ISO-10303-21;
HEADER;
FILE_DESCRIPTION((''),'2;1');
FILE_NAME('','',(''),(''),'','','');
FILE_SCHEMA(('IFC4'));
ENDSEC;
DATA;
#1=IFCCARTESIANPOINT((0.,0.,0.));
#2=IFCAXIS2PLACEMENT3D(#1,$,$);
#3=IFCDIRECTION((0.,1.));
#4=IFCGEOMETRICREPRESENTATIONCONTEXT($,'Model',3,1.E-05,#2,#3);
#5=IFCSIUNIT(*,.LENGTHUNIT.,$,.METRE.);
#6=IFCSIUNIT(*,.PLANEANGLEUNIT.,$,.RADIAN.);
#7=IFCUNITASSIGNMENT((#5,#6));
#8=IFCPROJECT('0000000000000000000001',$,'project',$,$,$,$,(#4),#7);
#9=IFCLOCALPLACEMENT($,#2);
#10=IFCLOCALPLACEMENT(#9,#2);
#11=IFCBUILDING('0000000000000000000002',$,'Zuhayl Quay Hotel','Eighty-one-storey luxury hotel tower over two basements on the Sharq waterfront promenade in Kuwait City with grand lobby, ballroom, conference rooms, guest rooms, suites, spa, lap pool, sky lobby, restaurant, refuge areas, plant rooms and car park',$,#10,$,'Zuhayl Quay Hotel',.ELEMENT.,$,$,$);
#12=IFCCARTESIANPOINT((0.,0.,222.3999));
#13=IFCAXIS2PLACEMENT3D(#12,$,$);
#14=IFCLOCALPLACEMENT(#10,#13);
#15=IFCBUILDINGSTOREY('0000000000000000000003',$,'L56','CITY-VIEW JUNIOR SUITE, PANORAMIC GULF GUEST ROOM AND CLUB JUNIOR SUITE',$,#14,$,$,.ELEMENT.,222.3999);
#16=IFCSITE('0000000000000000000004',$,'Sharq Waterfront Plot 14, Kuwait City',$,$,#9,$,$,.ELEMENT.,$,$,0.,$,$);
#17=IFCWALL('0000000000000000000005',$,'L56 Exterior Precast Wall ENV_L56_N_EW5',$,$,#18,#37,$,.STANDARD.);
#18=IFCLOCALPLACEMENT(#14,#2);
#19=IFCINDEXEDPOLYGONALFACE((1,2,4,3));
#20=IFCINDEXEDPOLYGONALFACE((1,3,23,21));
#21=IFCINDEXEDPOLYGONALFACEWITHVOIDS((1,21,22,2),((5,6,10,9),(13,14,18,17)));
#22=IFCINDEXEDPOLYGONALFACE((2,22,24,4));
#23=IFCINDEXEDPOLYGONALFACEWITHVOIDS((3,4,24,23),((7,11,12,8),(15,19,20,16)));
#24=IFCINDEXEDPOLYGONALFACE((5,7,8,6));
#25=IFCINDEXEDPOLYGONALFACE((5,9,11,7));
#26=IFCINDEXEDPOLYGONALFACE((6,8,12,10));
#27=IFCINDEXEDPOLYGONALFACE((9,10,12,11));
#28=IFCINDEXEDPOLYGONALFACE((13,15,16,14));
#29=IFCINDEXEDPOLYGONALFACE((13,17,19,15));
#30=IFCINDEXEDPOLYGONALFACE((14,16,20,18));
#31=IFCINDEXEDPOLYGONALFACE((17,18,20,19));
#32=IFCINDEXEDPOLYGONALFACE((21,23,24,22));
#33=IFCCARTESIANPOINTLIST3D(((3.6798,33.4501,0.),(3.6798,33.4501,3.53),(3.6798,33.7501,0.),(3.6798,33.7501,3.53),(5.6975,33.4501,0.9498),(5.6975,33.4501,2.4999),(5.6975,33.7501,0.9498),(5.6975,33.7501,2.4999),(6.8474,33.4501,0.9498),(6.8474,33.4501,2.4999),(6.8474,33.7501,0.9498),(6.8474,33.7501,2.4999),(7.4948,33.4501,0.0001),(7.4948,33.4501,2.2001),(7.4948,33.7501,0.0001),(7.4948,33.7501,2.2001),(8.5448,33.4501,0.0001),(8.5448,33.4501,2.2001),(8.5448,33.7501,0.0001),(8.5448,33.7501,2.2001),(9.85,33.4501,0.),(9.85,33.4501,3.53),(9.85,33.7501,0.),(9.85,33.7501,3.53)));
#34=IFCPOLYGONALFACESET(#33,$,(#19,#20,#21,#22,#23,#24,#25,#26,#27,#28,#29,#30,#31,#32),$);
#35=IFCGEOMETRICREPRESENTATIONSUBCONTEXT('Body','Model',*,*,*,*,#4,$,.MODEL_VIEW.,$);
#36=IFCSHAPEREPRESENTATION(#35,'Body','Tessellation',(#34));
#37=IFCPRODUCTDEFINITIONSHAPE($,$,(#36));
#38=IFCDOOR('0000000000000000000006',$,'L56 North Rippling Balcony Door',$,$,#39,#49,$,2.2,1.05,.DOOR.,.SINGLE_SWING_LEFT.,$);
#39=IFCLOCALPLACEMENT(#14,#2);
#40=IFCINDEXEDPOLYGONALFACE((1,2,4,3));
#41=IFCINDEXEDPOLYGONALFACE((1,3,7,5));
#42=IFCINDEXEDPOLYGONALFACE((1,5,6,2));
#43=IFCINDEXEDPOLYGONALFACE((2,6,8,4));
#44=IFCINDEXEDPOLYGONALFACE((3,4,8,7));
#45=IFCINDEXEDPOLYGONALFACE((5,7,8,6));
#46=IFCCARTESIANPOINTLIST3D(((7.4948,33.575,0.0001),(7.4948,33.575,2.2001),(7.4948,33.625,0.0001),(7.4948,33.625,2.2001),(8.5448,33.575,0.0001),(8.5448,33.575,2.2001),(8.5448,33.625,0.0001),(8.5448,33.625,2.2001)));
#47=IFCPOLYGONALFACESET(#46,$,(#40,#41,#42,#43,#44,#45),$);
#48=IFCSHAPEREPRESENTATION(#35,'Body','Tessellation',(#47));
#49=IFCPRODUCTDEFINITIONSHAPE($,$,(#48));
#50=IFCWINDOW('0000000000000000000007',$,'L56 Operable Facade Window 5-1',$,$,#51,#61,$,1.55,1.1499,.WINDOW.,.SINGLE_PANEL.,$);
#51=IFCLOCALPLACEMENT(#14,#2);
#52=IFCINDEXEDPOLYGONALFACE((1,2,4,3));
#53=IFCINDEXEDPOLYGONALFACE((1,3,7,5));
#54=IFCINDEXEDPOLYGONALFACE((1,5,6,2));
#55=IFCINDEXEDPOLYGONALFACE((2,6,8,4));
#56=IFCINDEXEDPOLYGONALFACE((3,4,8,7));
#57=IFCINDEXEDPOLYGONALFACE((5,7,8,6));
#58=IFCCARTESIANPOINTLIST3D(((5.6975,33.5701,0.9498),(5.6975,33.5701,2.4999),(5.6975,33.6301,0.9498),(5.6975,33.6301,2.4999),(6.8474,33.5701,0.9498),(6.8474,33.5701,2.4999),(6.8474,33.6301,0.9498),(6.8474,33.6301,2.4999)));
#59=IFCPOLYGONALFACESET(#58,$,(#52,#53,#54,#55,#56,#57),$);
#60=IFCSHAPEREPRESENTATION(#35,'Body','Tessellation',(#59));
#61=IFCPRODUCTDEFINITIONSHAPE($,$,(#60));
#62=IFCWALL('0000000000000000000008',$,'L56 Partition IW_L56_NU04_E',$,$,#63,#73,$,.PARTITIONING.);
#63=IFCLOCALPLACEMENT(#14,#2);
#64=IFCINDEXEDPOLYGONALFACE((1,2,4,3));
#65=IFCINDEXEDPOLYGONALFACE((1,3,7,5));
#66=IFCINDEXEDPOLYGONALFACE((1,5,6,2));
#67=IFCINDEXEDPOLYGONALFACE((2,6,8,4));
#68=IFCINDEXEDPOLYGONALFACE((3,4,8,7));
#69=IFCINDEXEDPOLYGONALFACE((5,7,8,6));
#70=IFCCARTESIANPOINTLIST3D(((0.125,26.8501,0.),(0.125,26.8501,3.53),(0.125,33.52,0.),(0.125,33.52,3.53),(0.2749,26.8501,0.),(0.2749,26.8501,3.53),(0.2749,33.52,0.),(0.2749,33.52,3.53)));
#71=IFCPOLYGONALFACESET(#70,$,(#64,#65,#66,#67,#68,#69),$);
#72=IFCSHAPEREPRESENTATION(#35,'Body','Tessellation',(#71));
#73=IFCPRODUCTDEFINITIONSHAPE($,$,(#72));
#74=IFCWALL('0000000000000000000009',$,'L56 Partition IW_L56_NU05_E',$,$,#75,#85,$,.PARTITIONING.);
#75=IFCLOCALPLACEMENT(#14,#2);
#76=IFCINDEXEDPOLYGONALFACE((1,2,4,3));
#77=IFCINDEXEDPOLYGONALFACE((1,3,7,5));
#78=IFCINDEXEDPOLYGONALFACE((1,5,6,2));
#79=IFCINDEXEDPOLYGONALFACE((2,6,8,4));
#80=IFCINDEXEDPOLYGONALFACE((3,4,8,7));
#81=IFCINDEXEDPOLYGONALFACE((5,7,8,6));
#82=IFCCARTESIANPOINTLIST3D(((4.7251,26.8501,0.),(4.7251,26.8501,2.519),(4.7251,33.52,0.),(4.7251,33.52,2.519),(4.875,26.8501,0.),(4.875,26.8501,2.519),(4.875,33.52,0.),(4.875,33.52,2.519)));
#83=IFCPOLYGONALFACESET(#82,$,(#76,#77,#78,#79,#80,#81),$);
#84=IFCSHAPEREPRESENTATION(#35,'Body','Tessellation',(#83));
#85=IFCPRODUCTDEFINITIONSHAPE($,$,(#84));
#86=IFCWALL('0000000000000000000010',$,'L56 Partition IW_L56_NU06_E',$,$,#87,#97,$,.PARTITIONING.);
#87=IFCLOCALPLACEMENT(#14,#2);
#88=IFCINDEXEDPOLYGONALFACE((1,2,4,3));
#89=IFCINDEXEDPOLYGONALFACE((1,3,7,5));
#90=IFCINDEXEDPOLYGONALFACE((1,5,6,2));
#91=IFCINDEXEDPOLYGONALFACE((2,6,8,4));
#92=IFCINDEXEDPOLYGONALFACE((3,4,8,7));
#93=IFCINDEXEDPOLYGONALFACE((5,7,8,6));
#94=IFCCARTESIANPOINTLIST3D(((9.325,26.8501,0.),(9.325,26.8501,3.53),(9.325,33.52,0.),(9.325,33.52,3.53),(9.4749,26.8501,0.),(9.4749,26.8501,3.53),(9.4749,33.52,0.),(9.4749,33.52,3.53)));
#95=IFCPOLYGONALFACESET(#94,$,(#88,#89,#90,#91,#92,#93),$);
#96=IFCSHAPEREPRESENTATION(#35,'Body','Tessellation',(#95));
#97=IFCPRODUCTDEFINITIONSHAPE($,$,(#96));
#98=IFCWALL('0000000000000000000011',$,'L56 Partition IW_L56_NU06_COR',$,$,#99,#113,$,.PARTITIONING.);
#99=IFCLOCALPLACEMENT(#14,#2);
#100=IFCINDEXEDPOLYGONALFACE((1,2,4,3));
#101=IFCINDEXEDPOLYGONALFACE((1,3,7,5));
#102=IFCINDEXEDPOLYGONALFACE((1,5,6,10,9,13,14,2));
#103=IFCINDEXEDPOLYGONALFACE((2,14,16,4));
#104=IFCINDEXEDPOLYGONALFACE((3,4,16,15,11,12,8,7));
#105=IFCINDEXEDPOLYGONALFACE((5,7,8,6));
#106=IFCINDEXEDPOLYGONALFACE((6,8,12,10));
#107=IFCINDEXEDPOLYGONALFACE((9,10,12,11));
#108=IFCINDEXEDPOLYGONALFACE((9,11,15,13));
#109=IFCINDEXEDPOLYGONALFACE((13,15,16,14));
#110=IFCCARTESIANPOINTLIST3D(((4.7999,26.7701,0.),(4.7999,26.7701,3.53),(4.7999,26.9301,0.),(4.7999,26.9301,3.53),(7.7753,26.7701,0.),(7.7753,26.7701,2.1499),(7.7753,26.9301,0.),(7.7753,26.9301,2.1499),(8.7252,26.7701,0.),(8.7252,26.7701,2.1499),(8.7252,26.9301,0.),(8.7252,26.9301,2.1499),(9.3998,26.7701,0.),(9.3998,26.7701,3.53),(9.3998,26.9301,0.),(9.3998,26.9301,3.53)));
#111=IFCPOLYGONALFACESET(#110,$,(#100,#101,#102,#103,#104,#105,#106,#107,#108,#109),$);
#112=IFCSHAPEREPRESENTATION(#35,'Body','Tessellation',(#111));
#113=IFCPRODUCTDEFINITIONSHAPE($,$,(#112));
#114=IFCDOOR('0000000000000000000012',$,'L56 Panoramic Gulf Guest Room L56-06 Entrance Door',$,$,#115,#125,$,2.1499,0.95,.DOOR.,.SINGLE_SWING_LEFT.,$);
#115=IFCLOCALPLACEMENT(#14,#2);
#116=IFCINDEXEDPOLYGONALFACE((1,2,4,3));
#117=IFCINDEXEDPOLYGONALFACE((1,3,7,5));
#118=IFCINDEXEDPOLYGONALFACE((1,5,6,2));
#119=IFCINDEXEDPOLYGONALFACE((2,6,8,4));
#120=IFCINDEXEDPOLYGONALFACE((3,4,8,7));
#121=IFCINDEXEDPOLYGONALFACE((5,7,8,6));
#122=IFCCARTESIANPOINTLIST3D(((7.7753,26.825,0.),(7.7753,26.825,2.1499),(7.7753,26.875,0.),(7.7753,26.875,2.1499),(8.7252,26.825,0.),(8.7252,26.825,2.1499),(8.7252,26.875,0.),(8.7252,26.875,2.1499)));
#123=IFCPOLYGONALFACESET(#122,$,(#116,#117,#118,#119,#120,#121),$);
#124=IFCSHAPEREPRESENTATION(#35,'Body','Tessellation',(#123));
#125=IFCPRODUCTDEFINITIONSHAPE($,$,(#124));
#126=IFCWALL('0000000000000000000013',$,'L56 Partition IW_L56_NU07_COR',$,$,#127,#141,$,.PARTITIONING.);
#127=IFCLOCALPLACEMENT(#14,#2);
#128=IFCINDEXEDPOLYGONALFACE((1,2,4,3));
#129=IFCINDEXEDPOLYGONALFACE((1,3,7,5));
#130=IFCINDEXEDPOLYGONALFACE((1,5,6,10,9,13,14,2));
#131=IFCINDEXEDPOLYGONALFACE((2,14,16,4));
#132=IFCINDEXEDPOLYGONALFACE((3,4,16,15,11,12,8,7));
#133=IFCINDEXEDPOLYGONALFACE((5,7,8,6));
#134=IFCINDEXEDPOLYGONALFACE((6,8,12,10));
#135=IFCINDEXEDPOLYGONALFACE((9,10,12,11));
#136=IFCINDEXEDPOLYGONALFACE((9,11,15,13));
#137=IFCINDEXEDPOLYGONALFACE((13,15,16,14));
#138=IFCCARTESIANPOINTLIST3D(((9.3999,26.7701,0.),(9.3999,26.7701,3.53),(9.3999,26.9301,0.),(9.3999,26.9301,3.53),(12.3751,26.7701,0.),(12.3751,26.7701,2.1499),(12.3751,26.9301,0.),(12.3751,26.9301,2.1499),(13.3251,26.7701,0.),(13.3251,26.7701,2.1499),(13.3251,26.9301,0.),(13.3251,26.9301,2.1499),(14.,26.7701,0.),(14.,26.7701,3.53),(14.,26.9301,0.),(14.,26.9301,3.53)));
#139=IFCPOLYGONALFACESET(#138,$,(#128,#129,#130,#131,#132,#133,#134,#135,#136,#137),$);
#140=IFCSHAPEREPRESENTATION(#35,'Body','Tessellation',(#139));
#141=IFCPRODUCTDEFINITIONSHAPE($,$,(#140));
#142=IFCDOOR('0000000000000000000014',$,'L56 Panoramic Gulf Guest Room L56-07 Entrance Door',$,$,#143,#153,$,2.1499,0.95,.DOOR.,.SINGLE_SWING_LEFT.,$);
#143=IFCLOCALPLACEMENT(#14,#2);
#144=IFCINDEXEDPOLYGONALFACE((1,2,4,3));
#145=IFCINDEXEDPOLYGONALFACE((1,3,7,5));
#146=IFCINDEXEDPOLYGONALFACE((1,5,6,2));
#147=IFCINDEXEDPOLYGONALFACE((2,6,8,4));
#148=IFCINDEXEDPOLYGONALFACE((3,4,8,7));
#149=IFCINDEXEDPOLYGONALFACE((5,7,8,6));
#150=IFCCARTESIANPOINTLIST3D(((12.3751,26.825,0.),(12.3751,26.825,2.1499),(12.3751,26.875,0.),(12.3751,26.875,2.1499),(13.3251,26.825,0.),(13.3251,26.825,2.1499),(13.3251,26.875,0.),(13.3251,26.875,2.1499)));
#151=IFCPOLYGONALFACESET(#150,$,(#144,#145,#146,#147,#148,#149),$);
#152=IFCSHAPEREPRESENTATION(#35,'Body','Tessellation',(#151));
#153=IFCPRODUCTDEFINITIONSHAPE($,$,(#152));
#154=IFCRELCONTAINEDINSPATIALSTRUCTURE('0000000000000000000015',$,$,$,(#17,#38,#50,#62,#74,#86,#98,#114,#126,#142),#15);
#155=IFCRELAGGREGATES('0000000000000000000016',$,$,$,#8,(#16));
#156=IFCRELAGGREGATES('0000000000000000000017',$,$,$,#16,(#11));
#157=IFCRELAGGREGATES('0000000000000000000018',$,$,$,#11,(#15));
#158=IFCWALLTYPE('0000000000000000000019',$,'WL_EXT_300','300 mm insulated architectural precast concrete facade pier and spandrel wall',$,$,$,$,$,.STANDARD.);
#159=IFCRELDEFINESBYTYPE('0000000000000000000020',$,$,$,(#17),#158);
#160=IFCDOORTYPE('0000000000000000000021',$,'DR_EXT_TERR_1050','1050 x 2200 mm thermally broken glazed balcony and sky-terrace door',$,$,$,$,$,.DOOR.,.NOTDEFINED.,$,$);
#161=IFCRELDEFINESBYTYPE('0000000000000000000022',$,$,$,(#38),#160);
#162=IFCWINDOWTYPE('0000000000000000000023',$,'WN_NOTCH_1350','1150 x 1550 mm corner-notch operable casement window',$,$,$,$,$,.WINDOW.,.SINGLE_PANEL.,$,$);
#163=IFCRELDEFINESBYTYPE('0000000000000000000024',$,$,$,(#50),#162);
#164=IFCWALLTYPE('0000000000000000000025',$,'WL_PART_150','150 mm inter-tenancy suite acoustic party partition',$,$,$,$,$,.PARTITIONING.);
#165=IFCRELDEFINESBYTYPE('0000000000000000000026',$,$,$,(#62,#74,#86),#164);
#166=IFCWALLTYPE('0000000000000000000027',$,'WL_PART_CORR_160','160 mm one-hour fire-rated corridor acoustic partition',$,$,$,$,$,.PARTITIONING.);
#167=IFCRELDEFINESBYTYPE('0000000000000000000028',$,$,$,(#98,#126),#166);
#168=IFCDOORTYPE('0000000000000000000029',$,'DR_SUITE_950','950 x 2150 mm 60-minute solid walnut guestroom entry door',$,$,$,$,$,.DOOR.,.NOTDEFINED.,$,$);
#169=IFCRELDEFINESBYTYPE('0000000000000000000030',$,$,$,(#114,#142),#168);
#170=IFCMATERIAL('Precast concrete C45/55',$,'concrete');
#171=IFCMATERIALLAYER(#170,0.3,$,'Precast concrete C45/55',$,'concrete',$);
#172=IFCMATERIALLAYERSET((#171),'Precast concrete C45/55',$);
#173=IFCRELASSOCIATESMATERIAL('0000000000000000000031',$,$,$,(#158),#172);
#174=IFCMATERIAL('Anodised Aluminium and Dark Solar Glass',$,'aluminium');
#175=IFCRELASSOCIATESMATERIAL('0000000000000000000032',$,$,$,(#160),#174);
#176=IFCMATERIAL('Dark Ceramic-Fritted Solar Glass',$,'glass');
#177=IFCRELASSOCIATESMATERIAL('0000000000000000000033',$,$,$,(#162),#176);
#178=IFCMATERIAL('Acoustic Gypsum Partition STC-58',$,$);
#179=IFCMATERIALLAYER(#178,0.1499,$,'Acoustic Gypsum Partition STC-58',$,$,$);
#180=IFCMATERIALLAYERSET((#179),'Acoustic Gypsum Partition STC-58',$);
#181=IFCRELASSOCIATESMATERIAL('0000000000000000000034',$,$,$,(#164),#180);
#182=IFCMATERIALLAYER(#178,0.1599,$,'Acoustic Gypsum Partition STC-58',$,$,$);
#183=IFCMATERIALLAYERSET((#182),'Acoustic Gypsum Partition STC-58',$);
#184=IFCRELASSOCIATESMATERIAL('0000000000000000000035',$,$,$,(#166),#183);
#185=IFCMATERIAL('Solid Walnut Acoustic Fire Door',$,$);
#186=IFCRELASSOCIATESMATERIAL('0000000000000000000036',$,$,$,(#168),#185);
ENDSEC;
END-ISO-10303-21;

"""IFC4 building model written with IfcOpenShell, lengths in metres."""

from ifc_helpers import new_model, si_unit, direction, frame, frame_2d, origin, place, context, subcontext, project, spatial, rectangle, extrude, material, layer, layer_set, type_object, element, fill, save


model = new_model("IFC4")

# Units and contexts
model_context = context("Model", 3, precision=1e-05, world=origin(), true_north=direction((0.0, 1.0)))
body_context = subcontext(model_context, "Body", "Model", "MODEL_VIEW")
ifc_project = project(units=[si_unit("LENGTHUNIT", "METRE"), si_unit("PLANEANGLEUNIT", "RADIAN")], contexts=[model_context])

# Site, building, storey
site_placement = place(None, origin())
site = spatial("IfcSite", under=ifc_project, at=site_placement, Name="Sharq Waterfront Plot 14, Kuwait City", CompositionType="ELEMENT", RefElevation=0.0)
building_placement = place(site_placement, origin())
building = spatial("IfcBuilding", under=site, at=building_placement, Name="Zuhayl Quay Hotel", Description="Eighty-one-storey luxury hotel tower over two basements on the Sharq waterfront promenade in Kuwait City with grand lobby, ballroom, conference rooms, guest rooms, suites, spa, lap pool, sky lobby, restaurant, refuge areas, plant rooms and car park", LongName="Zuhayl Quay Hotel", CompositionType="ELEMENT")
storey_placement = place(building_placement, frame((0.0, 0.0, 222.3999)))
storey = spatial("IfcBuildingStorey", under=building, at=storey_placement, Name="L56", Description="CITY-VIEW JUNIOR SUITE, PANORAMIC GULF GUEST ROOM AND CLUB JUNIOR SUITE", CompositionType="ELEMENT", Elevation=222.3999)

# Shared definitions
ifc_material_1 = material(Name="Dark Ceramic-Fritted Solar Glass", Category="glass")

# Wall, openings, door, window
ifc_material_2 = material(Name="Precast concrete C45/55", Category="concrete")
ifc_layer_1 = layer(ifc_material_2, 0.3, Name="Precast concrete C45/55", Category="concrete")
ifc_layer_set_1 = layer_set([ifc_layer_1], Name="Precast concrete C45/55")
wall_type_1 = type_object("IfcWallType", Name="WL_EXT_300", Description="300 mm insulated architectural precast concrete facade pier and spandrel wall", PredefinedType="STANDARD", material=ifc_layer_set_1)
wall_1_placement = place(storey_placement, frame((3.6799, 33.6001, 0.0), z_axis=(0.0, 0.0, 1.0), x_axis=(1.0, 0.0, 0.0)))
wall_1 = element("IfcWall", 1, at=wall_1_placement, inside=storey, type_object=wall_type_1, Name="L56 Exterior Precast Wall ENV_L56_N_EW5", PredefinedType="STANDARD", context=body_context, shape_type="SweptSolid", body=[
    extrude(rectangle(XDim=6.1702, YDim=0.3, at=frame_2d((3.085, 0.0))), origin(), (0.0, 0.0, 1.0), 3.53),
])
opening_1_placement = place(wall_1_placement, frame((3.8149, 0.0, 0.0)))
opening_1 = element("IfcOpeningElement", 2, at=opening_1_placement, cuts=wall_1, PredefinedType="OPENING", context=body_context, shape_type="SweptSolid", body=[
    extrude(rectangle(XDim=1.05, YDim=2.2, at=frame_2d((0.5249, 1.1001))), frame((0.0, 0.1599, 0.0), z_axis=(0.0, -1.0, 0.0), x_axis=(1.0, 0.0, 0.0)), (0.0, 0.0, 1.0), 0.3201),
])
opening_2_placement = place(wall_1_placement, frame((2.0176, 0.0, 0.95)))
opening_2 = element("IfcOpeningElement", 3, at=opening_2_placement, cuts=wall_1, PredefinedType="OPENING", context=body_context, shape_type="SweptSolid", body=[
    extrude(rectangle(XDim=1.1499, YDim=1.55, at=frame_2d((0.575, 0.7749))), frame((0.0, 0.1599, 0.0), z_axis=(0.0, -1.0, 0.0), x_axis=(1.0, 0.0, 0.0)), (0.0, 0.0, 1.0), 0.3201),
])
ifc_material_3 = material(Name="Anodised Aluminium and Dark Solar Glass", Category="aluminium")
door_type_1 = type_object("IfcDoorType", Name="DR_EXT_TERR_1050", Description="1050 x 2200 mm thermally broken glazed balcony and sky-terrace door", OperationType="NOTDEFINED", PredefinedType="DOOR", material=ifc_material_3)
door_1_placement = place(opening_1_placement, origin())
door_1 = element("IfcDoor", 4, at=door_1_placement, inside=storey, type_object=door_type_1, Name="L56 North Rippling Balcony Door", OperationType="SINGLE_SWING_LEFT", OverallHeight=2.2, OverallWidth=1.05, PredefinedType="DOOR", context=body_context, shape_type="SweptSolid", body=[
    extrude(rectangle(XDim=1.05, YDim=2.2, at=frame_2d((0.5249, 1.1001))), frame((0.0, 0.0249, 0.0), z_axis=(0.0, -1.0, 0.0), x_axis=(1.0, 0.0, 0.0)), (0.0, 0.0, 1.0), 0.05),
])
fill(opening_1, door_1)
window_type = type_object("IfcWindowType", Name="WN_NOTCH_1350", Description="1150 x 1550 mm corner-notch operable casement window", PartitioningType="SINGLE_PANEL", PredefinedType="WINDOW", material=ifc_material_1)
window_placement = place(opening_2_placement, origin())
window = element("IfcWindow", 5, at=window_placement, inside=storey, type_object=window_type, Name="L56 Operable Facade Window 5-1", OverallHeight=1.55, OverallWidth=1.1499, PartitioningType="SINGLE_PANEL", PredefinedType="WINDOW", context=body_context, shape_type="SweptSolid", body=[
    extrude(rectangle(XDim=1.1499, YDim=1.55, at=frame_2d((0.575, 0.7749))), frame((0.0, 0.03, 0.0), z_axis=(0.0, -1.0, 0.0), x_axis=(1.0, 0.0, 0.0)), (0.0, 0.0, 1.0), 0.0601),
])
fill(opening_2, window)

# Walls
ifc_material_4 = material(Name="Acoustic Gypsum Partition STC-58")
ifc_layer_2 = layer(ifc_material_4, 0.1499, Name="Acoustic Gypsum Partition STC-58")
ifc_layer_set_2 = layer_set([ifc_layer_2], Name="Acoustic Gypsum Partition STC-58")
wall_type_2 = type_object("IfcWallType", Name="WL_PART_150", Description="150 mm inter-tenancy suite acoustic party partition", PredefinedType="PARTITIONING", material=ifc_layer_set_2)
wall_2_placement = place(storey_placement, frame((0.2, 26.8501, 0.0), z_axis=(0.0, 0.0, 1.0), x_axis=(0.0, 1.0, 0.0)))
element("IfcWall", 6, at=wall_2_placement, inside=storey, type_object=wall_type_2, Name="L56 Partition IW_L56_NU04_E", PredefinedType="PARTITIONING", context=body_context, shape_type="SweptSolid", body=[
    extrude(rectangle(XDim=6.6699, YDim=0.1499, at=frame_2d((3.335, 0.0))), origin(), (0.0, 0.0, 1.0), 3.53),
])
wall_3_placement = place(storey_placement, frame((4.8, 26.8501, 0.0), z_axis=(0.0, 0.0, 1.0), x_axis=(0.0, 1.0, 0.0)))
element("IfcWall", 7, at=wall_3_placement, inside=storey, type_object=wall_type_2, Name="L56 Partition IW_L56_NU05_E", PredefinedType="PARTITIONING", context=body_context, shape_type="SweptSolid", body=[
    extrude(rectangle(XDim=6.6699, YDim=0.1499, at=frame_2d((3.335, 0.0))), origin(), (0.0, 0.0, 1.0), 2.519),
])
wall_4_placement = place(storey_placement, frame((9.3999, 26.8501, 0.0), z_axis=(0.0, 0.0, 1.0), x_axis=(0.0, 1.0, 0.0)))
element("IfcWall", 8, at=wall_4_placement, inside=storey, type_object=wall_type_2, Name="L56 Partition IW_L56_NU06_E", PredefinedType="PARTITIONING", context=body_context, shape_type="SweptSolid", body=[
    extrude(rectangle(XDim=6.6699, YDim=0.1499, at=frame_2d((3.335, 0.0))), origin(), (0.0, 0.0, 1.0), 3.53),
])

# Walls, openings, doors
ifc_layer_3 = layer(ifc_material_4, 0.1599, Name="Acoustic Gypsum Partition STC-58")
ifc_layer_set_3 = layer_set([ifc_layer_3], Name="Acoustic Gypsum Partition STC-58")
wall_type_3 = type_object("IfcWallType", Name="WL_PART_CORR_160", Description="160 mm one-hour fire-rated corridor acoustic partition", PredefinedType="PARTITIONING", material=ifc_layer_set_3)
wall_5_placement = place(storey_placement, frame((4.8, 26.8501, 0.0), z_axis=(0.0, 0.0, 1.0), x_axis=(1.0, 0.0, 0.0)))
wall_5 = element("IfcWall", 9, at=wall_5_placement, inside=storey, type_object=wall_type_3, Name="L56 Partition IW_L56_NU06_COR", PredefinedType="PARTITIONING", context=body_context, shape_type="SweptSolid", body=[
    extrude(rectangle(XDim=4.5999, YDim=0.1599, at=frame_2d((2.2998, 0.0))), origin(), (0.0, 0.0, 1.0), 3.53),
])
opening_3_placement = place(wall_5_placement, frame((2.9751, 0.0, 0.0)))
opening_3 = element("IfcOpeningElement", 10, at=opening_3_placement, cuts=wall_5, PredefinedType="OPENING", context=body_context, shape_type="SweptSolid", body=[
    extrude(rectangle(XDim=0.95, YDim=2.1499, at=frame_2d((0.4751, 1.075))), frame((0.0, 0.0898, 0.0), z_axis=(0.0, -1.0, 0.0), x_axis=(1.0, 0.0, 0.0)), (0.0, 0.0, 1.0), 0.1799),
])
ifc_material_5 = material(Name="Solid Walnut Acoustic Fire Door")
door_type_2 = type_object("IfcDoorType", Name="DR_SUITE_950", Description="950 x 2150 mm 60-minute solid walnut guestroom entry door", OperationType="NOTDEFINED", PredefinedType="DOOR", material=ifc_material_5)
door_2_placement = place(opening_3_placement, origin())
door_2 = element("IfcDoor", 11, at=door_2_placement, inside=storey, type_object=door_type_2, Name="L56 Panoramic Gulf Guest Room L56-06 Entrance Door", OperationType="SINGLE_SWING_LEFT", OverallHeight=2.1499, OverallWidth=0.95, PredefinedType="DOOR", context=body_context, shape_type="SweptSolid", body=[
    extrude(rectangle(XDim=0.95, YDim=2.1499, at=frame_2d((0.4751, 1.075))), frame((0.0, 0.0249, 0.0), z_axis=(0.0, -1.0, 0.0), x_axis=(1.0, 0.0, 0.0)), (0.0, 0.0, 1.0), 0.05),
])
fill(opening_3, door_2)
wall_6_placement = place(storey_placement, frame((9.3999, 26.8501, 0.0), z_axis=(0.0, 0.0, 1.0), x_axis=(1.0, 0.0, 0.0)))
wall_6 = element("IfcWall", 12, at=wall_6_placement, inside=storey, type_object=wall_type_3, Name="L56 Partition IW_L56_NU07_COR", PredefinedType="PARTITIONING", context=body_context, shape_type="SweptSolid", body=[
    extrude(rectangle(XDim=4.6001, YDim=0.1599, at=frame_2d((2.3, 0.0))), origin(), (0.0, 0.0, 1.0), 3.53),
])
opening_4_placement = place(wall_6_placement, frame((2.9751, 0.0, 0.0)))
opening_4 = element("IfcOpeningElement", 13, at=opening_4_placement, cuts=wall_6, PredefinedType="OPENING", context=body_context, shape_type="SweptSolid", body=[
    extrude(rectangle(XDim=0.95, YDim=2.1499, at=frame_2d((0.4751, 1.075))), frame((0.0, 0.0898, 0.0), z_axis=(0.0, -1.0, 0.0), x_axis=(1.0, 0.0, 0.0)), (0.0, 0.0, 1.0), 0.1799),
])
door_3_placement = place(opening_4_placement, origin())
door_3 = element("IfcDoor", 14, at=door_3_placement, inside=storey, type_object=door_type_2, Name="L56 Panoramic Gulf Guest Room L56-07 Entrance Door", OperationType="SINGLE_SWING_LEFT", OverallHeight=2.1499, OverallWidth=0.95, PredefinedType="DOOR", context=body_context, shape_type="SweptSolid", body=[
    extrude(rectangle(XDim=0.95, YDim=2.1499, at=frame_2d((0.4751, 1.075))), frame((0.0, 0.0249, 0.0), z_axis=(0.0, -1.0, 0.0), x_axis=(1.0, 0.0, 0.0)), (0.0, 0.0, 1.0), 0.05),
])
fill(opening_4, door_3)

save(model, "model.ifc")
